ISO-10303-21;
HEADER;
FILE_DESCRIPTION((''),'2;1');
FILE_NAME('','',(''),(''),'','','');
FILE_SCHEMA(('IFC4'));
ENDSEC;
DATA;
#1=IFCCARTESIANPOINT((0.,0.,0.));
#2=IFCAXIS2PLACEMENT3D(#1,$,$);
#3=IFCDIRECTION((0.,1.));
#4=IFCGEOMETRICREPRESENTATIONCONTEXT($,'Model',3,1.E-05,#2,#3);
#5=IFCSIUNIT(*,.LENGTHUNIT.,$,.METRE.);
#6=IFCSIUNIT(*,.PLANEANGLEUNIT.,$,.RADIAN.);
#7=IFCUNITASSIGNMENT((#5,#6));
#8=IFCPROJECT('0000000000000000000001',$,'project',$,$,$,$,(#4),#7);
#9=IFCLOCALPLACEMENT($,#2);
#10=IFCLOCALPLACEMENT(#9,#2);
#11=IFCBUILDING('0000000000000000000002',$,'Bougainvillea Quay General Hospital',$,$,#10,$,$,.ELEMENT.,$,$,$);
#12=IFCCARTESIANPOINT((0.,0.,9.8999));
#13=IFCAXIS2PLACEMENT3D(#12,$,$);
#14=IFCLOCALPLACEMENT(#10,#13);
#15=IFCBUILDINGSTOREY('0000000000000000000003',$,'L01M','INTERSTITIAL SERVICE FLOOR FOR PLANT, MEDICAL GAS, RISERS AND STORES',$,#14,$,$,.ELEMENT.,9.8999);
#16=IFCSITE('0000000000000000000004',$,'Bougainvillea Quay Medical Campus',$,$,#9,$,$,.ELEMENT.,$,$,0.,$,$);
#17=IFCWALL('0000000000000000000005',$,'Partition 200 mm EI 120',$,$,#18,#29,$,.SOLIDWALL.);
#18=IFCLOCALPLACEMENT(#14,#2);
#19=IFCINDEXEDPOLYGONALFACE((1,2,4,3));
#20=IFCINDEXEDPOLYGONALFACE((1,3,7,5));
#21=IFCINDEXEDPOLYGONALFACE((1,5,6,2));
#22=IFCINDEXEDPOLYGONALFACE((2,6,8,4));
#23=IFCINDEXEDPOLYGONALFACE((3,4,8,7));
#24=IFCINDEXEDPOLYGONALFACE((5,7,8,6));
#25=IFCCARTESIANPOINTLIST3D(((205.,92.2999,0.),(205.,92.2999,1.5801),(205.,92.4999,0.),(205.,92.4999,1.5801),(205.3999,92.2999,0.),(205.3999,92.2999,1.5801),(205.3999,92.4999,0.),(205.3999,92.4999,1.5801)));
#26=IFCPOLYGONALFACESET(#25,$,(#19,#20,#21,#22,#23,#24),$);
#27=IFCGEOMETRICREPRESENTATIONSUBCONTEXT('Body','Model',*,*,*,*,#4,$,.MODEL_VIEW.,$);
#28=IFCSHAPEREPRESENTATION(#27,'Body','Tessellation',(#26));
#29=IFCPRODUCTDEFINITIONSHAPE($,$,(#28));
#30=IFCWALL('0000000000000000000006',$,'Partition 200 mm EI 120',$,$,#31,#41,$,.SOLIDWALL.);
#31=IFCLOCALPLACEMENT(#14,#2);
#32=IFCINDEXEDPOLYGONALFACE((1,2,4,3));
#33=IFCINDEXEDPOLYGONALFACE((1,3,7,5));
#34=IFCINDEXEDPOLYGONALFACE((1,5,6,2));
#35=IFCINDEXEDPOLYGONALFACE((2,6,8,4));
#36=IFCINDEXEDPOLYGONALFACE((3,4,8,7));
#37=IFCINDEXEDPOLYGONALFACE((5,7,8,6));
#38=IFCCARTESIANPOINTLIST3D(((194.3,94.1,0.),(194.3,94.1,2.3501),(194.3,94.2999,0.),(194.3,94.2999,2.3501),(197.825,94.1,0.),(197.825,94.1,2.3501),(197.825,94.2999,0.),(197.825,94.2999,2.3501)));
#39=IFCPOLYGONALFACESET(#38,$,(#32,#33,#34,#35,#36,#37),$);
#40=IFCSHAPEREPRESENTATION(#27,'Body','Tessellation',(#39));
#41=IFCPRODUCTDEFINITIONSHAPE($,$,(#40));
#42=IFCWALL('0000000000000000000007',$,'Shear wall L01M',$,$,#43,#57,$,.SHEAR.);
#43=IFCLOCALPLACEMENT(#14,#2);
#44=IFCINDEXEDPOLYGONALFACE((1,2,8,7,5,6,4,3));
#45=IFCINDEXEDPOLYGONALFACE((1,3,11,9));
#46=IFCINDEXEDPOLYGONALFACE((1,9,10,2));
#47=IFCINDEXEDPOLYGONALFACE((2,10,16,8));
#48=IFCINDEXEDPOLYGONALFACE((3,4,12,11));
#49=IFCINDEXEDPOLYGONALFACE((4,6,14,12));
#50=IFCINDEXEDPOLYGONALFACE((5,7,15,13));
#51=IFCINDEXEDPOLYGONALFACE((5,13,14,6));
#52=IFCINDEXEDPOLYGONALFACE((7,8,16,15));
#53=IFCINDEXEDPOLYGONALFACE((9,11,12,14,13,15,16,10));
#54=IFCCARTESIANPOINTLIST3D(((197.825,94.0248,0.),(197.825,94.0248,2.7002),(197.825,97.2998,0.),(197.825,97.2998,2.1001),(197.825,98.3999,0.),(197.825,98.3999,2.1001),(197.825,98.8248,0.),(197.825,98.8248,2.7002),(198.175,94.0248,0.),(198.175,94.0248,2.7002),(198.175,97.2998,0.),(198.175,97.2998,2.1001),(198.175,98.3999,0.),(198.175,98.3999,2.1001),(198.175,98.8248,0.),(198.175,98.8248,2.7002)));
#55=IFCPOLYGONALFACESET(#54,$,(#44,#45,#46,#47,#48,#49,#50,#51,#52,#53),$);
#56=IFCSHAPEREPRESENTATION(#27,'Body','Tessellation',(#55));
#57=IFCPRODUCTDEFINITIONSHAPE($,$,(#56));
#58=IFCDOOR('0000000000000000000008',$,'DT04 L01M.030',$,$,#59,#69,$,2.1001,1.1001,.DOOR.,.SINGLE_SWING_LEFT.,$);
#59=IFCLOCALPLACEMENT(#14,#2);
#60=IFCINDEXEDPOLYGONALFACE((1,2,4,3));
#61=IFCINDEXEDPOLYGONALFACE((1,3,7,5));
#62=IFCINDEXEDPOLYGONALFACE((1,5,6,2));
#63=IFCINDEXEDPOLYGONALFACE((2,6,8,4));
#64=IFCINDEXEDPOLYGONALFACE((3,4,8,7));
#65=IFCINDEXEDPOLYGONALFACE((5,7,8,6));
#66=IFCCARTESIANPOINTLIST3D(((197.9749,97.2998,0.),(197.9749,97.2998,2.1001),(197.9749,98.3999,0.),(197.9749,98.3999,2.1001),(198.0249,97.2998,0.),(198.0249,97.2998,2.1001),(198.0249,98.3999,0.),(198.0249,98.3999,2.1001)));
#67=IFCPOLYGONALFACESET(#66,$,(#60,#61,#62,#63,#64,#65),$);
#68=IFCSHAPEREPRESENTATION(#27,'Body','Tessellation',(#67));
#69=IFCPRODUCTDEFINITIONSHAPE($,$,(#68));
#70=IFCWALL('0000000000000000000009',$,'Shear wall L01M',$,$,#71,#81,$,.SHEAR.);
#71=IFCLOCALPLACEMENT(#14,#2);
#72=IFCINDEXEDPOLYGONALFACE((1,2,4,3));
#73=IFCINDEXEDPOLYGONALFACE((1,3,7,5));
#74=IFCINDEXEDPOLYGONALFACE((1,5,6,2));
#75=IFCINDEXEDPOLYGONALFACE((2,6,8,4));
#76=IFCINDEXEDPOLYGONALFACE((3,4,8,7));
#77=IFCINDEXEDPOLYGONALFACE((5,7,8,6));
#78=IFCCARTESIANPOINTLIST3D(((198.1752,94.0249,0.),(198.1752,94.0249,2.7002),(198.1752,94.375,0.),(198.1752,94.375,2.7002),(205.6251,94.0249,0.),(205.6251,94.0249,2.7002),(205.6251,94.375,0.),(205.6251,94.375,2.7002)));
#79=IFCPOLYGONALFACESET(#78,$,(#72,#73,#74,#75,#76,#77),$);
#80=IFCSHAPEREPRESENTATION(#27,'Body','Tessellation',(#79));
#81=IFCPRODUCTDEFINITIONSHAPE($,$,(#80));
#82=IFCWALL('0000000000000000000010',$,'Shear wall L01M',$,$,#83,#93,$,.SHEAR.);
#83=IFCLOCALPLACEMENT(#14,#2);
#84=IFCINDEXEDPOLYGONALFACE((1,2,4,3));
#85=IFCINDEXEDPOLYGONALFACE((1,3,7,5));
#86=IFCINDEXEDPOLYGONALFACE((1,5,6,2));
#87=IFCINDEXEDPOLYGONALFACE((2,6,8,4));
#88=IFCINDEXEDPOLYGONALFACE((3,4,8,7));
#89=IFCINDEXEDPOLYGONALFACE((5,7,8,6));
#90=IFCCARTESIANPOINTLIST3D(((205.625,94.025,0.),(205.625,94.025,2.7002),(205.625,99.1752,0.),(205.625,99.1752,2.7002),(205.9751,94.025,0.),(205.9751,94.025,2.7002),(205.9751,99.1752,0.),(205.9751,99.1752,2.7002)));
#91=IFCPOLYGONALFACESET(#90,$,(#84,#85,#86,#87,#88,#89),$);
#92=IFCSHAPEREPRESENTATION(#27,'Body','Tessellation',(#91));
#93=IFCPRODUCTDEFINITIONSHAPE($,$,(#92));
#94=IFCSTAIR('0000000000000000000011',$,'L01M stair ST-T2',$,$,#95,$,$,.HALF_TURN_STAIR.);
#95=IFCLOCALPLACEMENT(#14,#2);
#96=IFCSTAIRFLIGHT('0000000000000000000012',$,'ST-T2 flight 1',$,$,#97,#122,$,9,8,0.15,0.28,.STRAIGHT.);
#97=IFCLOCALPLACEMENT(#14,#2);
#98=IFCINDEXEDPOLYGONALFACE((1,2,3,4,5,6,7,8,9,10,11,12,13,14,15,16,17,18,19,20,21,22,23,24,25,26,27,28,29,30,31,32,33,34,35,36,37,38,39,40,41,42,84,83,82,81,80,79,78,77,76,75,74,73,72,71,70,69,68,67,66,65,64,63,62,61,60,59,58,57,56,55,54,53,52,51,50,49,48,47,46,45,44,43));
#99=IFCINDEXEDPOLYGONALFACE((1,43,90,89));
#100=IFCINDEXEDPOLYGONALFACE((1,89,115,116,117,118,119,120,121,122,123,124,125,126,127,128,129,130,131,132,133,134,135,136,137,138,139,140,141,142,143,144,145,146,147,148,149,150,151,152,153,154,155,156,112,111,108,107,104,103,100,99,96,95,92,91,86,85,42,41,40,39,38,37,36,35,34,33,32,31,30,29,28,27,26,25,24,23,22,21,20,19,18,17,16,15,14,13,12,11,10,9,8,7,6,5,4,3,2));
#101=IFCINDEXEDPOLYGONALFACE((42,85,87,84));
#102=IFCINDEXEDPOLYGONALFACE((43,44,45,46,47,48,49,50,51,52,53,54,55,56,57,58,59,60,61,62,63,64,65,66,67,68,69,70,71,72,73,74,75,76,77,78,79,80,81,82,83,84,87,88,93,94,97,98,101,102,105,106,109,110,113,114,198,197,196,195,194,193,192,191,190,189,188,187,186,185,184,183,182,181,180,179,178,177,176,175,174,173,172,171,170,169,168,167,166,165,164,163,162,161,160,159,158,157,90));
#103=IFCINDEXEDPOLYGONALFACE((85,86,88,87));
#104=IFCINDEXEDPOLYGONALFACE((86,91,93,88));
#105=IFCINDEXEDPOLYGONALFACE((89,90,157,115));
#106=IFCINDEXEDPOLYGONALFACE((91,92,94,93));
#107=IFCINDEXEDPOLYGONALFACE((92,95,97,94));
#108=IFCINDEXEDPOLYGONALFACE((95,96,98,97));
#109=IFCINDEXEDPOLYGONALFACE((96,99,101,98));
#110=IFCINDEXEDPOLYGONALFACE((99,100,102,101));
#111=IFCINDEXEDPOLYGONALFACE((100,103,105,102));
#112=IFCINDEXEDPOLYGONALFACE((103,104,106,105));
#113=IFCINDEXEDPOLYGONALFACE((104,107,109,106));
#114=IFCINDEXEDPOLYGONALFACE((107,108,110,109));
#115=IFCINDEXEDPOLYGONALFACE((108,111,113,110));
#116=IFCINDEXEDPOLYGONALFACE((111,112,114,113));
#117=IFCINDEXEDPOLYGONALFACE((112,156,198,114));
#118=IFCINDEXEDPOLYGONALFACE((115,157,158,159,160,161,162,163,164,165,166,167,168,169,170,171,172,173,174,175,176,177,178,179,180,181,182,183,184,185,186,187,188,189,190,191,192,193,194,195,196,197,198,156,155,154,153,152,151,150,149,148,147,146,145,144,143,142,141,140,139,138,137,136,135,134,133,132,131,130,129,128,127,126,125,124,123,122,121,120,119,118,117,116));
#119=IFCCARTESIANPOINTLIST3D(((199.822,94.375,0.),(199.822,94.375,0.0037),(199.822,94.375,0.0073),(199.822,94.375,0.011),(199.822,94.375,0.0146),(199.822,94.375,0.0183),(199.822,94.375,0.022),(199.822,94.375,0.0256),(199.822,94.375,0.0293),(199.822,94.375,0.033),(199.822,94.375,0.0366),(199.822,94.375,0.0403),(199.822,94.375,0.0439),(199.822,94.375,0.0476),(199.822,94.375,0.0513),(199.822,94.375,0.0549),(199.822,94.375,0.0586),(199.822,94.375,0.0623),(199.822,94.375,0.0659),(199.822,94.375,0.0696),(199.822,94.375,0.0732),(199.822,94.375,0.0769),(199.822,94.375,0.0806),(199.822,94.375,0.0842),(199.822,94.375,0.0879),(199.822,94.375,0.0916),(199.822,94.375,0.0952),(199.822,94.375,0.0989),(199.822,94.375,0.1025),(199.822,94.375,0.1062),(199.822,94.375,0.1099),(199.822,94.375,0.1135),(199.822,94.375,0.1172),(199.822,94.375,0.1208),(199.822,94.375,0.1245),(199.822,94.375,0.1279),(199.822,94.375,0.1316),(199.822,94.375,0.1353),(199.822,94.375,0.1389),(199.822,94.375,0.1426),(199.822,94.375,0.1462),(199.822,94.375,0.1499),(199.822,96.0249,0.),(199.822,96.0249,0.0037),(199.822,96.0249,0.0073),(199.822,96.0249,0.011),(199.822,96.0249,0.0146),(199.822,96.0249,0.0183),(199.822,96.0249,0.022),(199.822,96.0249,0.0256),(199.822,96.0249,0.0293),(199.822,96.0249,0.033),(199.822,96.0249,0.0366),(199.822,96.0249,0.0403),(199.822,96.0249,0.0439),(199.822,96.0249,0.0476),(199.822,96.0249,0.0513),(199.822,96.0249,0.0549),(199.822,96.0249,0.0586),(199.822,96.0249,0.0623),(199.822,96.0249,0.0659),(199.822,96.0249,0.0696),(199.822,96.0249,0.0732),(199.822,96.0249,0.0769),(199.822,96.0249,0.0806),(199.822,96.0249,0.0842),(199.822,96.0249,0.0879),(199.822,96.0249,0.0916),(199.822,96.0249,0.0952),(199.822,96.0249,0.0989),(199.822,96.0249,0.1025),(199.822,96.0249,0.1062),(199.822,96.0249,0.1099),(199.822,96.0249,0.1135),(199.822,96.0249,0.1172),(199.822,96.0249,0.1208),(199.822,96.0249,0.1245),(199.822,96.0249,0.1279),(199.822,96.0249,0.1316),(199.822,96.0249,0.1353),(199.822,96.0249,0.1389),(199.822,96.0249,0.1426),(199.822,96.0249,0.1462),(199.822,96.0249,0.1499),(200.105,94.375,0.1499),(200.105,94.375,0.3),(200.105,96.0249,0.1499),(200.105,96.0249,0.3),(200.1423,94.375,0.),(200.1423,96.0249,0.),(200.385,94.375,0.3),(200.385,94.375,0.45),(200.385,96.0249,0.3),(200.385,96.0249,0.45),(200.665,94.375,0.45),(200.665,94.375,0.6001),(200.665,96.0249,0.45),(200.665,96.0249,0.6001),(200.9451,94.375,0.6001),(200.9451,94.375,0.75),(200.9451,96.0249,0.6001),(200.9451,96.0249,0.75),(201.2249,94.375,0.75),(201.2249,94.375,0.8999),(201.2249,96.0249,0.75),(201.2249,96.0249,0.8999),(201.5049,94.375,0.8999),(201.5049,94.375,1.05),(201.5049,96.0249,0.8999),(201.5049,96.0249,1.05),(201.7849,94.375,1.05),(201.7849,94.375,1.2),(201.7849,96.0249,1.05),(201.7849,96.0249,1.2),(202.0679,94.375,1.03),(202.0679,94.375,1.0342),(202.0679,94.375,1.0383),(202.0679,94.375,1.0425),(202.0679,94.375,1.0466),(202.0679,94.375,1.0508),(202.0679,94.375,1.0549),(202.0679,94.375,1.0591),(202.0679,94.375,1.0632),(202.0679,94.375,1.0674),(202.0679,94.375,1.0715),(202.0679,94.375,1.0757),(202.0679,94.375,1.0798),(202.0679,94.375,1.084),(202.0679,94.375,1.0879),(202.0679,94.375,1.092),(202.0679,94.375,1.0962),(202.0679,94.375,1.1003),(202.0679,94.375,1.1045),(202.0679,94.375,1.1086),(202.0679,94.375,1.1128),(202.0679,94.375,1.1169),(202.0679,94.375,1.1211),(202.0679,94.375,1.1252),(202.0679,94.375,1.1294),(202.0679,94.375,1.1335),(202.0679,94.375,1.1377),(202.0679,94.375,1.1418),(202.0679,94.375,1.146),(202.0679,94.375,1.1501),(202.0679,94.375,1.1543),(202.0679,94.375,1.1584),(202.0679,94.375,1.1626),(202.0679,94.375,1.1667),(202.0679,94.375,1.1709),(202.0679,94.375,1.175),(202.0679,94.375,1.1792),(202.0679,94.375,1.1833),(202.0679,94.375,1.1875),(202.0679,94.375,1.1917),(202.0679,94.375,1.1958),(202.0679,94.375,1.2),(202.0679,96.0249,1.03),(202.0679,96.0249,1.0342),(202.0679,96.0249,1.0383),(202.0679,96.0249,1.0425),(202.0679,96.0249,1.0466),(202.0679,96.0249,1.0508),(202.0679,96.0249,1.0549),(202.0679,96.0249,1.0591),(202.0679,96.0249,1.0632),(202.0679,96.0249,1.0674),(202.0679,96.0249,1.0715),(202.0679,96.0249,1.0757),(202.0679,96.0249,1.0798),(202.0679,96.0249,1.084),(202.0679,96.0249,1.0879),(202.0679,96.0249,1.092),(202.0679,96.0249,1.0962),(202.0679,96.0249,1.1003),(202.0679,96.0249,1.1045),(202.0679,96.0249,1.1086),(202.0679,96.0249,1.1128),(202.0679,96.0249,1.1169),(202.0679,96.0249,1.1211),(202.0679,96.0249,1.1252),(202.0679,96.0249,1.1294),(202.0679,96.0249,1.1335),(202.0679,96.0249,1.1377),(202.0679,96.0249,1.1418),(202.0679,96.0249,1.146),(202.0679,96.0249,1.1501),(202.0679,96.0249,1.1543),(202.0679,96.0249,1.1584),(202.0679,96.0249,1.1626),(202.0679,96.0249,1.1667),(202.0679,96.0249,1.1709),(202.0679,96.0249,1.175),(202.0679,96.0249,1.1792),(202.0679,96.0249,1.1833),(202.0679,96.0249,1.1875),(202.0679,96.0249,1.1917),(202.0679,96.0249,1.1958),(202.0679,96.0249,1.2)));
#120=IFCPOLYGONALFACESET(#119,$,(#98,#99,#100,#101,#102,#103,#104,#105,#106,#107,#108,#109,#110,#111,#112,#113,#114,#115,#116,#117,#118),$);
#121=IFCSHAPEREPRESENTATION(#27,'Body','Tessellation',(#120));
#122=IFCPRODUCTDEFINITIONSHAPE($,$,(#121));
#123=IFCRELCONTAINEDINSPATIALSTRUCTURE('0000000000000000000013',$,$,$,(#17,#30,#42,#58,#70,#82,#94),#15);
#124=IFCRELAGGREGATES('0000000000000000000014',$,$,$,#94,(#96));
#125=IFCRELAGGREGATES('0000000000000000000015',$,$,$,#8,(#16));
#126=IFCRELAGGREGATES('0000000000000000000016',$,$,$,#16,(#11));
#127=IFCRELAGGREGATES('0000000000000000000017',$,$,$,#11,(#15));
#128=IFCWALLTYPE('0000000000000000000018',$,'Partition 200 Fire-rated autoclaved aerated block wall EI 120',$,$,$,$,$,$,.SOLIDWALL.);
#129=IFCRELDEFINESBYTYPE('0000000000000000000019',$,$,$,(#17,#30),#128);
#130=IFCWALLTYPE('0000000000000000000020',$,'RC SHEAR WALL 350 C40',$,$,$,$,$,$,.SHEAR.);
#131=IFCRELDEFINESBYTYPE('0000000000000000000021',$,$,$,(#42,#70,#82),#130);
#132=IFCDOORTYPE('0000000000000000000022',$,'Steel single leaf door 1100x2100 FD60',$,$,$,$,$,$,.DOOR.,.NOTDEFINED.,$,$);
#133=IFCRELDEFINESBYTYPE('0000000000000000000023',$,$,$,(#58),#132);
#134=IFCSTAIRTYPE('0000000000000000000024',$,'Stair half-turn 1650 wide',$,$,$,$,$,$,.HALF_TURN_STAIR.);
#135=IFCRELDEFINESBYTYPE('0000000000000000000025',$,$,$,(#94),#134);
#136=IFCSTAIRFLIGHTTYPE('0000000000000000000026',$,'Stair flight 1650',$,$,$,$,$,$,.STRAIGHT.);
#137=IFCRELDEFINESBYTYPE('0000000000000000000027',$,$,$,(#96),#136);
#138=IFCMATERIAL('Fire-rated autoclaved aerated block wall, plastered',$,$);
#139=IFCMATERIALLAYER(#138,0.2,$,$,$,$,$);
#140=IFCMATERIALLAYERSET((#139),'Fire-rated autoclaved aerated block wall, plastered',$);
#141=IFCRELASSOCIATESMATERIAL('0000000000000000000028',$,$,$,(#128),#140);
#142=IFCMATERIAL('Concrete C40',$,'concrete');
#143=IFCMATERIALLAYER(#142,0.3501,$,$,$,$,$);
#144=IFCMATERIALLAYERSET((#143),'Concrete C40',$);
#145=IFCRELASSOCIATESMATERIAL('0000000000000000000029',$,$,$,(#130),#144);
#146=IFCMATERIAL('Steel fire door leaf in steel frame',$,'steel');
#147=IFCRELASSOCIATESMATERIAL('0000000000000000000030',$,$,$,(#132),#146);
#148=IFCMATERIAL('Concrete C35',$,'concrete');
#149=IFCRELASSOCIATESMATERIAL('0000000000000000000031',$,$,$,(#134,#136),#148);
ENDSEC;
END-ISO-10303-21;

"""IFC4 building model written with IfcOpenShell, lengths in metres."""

from ifc_helpers import new_model, si_unit, direction, frame, frame_2d, origin, place, context, subcontext, project, spatial, polyline, rectangle, outline, extrude, material, layer, layer_set, type_object, element, fill, aggregate, save


model = new_model("IFC4")

# Units and contexts
model_context = context("Model", 3, precision=1e-05, world=origin(), true_north=direction((0.0, 1.0)))
body_context = subcontext(model_context, "Body", "Model", "MODEL_VIEW")
ifc_project = project(units=[si_unit("LENGTHUNIT", "METRE"), si_unit("PLANEANGLEUNIT", "RADIAN")], contexts=[model_context])

# Site, building, storey
site_placement = place(None, origin())
site = spatial("IfcSite", under=ifc_project, at=site_placement, Name="Bougainvillea Quay Medical Campus", CompositionType="ELEMENT", RefElevation=0.0)
building_placement = place(site_placement, origin())
building = spatial("IfcBuilding", under=site, at=building_placement, Name="Bougainvillea Quay General Hospital", CompositionType="ELEMENT")
storey_placement = place(building_placement, frame((0.0, 0.0, 9.8999)))
storey = spatial("IfcBuildingStorey", under=building, at=storey_placement, Name="L01M", Description="INTERSTITIAL SERVICE FLOOR FOR PLANT, MEDICAL GAS, RISERS AND STORES", CompositionType="ELEMENT", Elevation=9.8999)

# Shared definitions
ifc_material_1 = material(Name="Concrete C40", Category="concrete")

# Walls
ifc_material_2 = material(Name="Fire-rated autoclaved aerated block wall, plastered")
ifc_layer_1 = layer(ifc_material_2, 0.2)
ifc_layer_set_1 = layer_set([ifc_layer_1], Name="Fire-rated autoclaved aerated block wall, plastered")
wall_type_1 = type_object("IfcWallType", Name="Partition 200 Fire-rated autoclaved aerated block wall EI 120", PredefinedType="SOLIDWALL", material=ifc_layer_set_1)
wall_1_placement = place(storey_placement, frame((205.0, 92.3999, 0.0), z_axis=(0.0, 0.0, 1.0), x_axis=(1.0, 0.0, 0.0)))
element("IfcWall", 1, at=wall_1_placement, inside=storey, type_object=wall_type_1, Name="Partition 200 mm EI 120", PredefinedType="SOLIDWALL", context=body_context, shape_type="SweptSolid", body=[
    extrude(rectangle(XDim=0.3999, YDim=0.2, at=frame_2d((0.2, 0.0))), origin(), (0.0, 0.0, 1.0), 1.5801),
])
wall_2_placement = place(storey_placement, frame((197.825, 94.2, 0.0), z_axis=(0.0, 0.0, 1.0), x_axis=(-1.0, 0.0, 0.0)))
element("IfcWall", 2, at=wall_2_placement, inside=storey, type_object=wall_type_1, Name="Partition 200 mm EI 120", PredefinedType="SOLIDWALL", context=body_context, shape_type="SweptSolid", body=[
    extrude(rectangle(XDim=3.5249, YDim=0.2, at=frame_2d((1.7625, 0.0))), origin(), (0.0, 0.0, 1.0), 2.3501),
])

# Wall, opening, door
ifc_layer_2 = layer(ifc_material_1, 0.3501)
ifc_layer_set_2 = layer_set([ifc_layer_2], Name="Concrete C40")
wall_type_2 = type_object("IfcWallType", Name="RC SHEAR WALL 350 C40", PredefinedType="SHEAR", material=ifc_layer_set_2)
wall_3_placement = place(storey_placement, frame((198.0, 94.0249, 0.0), z_axis=(0.0, 0.0, 1.0), x_axis=(0.0, 1.0, 0.0)))
wall_3 = element("IfcWall", 3, at=wall_3_placement, inside=storey, type_object=wall_type_2, Name="Shear wall L01M", PredefinedType="SHEAR", context=body_context, shape_type="SweptSolid", body=[
    extrude(rectangle(XDim=4.8, YDim=0.3501, at=frame_2d((2.3999, 0.0))), origin(), (0.0, 0.0, 1.0), 2.7002),
])
opening_placement = place(wall_3_placement, frame((3.2749, 0.0, 0.0)))
opening = element("IfcOpeningElement", 4, at=opening_placement, cuts=wall_3, PredefinedType="OPENING", context=body_context, shape_type="SweptSolid", body=[
    extrude(rectangle(XDim=1.1001, YDim=2.1001, at=frame_2d((0.55, 1.05))), frame((0.0, 0.1851, 0.0), z_axis=(0.0, -1.0, 0.0), x_axis=(1.0, 0.0, 0.0)), (0.0, 0.0, 1.0), 0.3701),
])
ifc_material_3 = material(Name="Steel fire door leaf in steel frame", Category="steel")
door_type = type_object("IfcDoorType", Name="Steel single leaf door 1100x2100 FD60", OperationType="NOTDEFINED", PredefinedType="DOOR", material=ifc_material_3)
door_placement = place(opening_placement, frame((1.1001, 0.0, 0.0), z_axis=(0.0, 0.0, 1.0), x_axis=(-1.0, 0.0, 0.0)))
door = element("IfcDoor", 5, at=door_placement, inside=storey, type_object=door_type, Name="DT04 L01M.030", OperationType="SINGLE_SWING_LEFT", OverallHeight=2.1001, OverallWidth=1.1001, PredefinedType="DOOR", context=body_context, shape_type="SweptSolid", body=[
    extrude(rectangle(XDim=1.1001, YDim=2.1001, at=frame_2d((0.55, 1.05))), frame((0.0, 0.0249, 0.0), z_axis=(0.0, -1.0, 0.0), x_axis=(1.0, 0.0, 0.0)), (0.0, 0.0, 1.0), 0.05),
])
fill(opening, door)

# Walls
wall_4_placement = place(storey_placement, frame((198.175, 94.2, 0.0), z_axis=(0.0, 0.0, 1.0), x_axis=(1.0, 0.0, 0.0)))
element("IfcWall", 6, at=wall_4_placement, inside=storey, type_object=wall_type_2, Name="Shear wall L01M", PredefinedType="SHEAR", context=body_context, shape_type="SweptSolid", body=[
    extrude(rectangle(XDim=7.45, YDim=0.3501, at=frame_2d((3.7251, 0.0))), origin(), (0.0, 0.0, 1.0), 2.7002),
])
wall_5_placement = place(storey_placement, frame((205.8, 94.0249, 0.0), z_axis=(0.0, 0.0, 1.0), x_axis=(0.0, 1.0, 0.0)))
element("IfcWall", 7, at=wall_5_placement, inside=storey, type_object=wall_type_2, Name="Shear wall L01M", PredefinedType="SHEAR", context=body_context, shape_type="SweptSolid", body=[
    extrude(rectangle(XDim=5.1501, YDim=0.3501, at=frame_2d((2.5752, 0.0))), origin(), (0.0, 0.0, 1.0), 2.7002),
])

# Stair, stair flight
ifc_material_4 = material(Name="Concrete C35", Category="concrete")
stair_type = type_object("IfcStairType", Name="Stair half-turn 1650 wide", PredefinedType="HALF_TURN_STAIR", material=ifc_material_4)
stair_placement = place(storey_placement, origin())
stair = element("IfcStair", 8, at=stair_placement, inside=storey, type_object=stair_type, Name="L01M stair ST-T2", PredefinedType="HALF_TURN_STAIR")
stair_flight_type = type_object("IfcStairFlightType", Name="Stair flight 1650", PredefinedType="STRAIGHT", material=ifc_material_4)
stair_flight_placement = place(storey_placement, frame((199.825, 95.2, 0.0), z_axis=(0.0, 0.0, 1.0), x_axis=(1.0, 0.0, 0.0)))
stair_flight = element("IfcStairFlight", 9, at=stair_flight_placement, type_object=stair_flight_type, Name="ST-T2 flight 1", NumberOfRisers=9, NumberOfTreads=8, PredefinedType="STRAIGHT", RiserHeight=0.15, TreadLength=0.28, context=body_context, shape_type="SweptSolid", body=[
    extrude(outline(polyline([(-0.0029, 0.0), (-0.0029, 0.0037), (-0.0029, 0.0073), (-0.0029, 0.011), (-0.0029, 0.0146), (-0.0029, 0.0183), (-0.0029, 0.022), (-0.0029, 0.0256), (-0.0029, 0.0293), (-0.0029, 0.033), (-0.0029, 0.0366), (-0.0029, 0.0403), (-0.0029, 0.0439), (-0.0029, 0.0476), (-0.0029, 0.0513), (-0.0029, 0.0549), (-0.0029, 0.0586), (-0.0029, 0.0623), (-0.0029, 0.0659), (-0.0029, 0.0696), (-0.0029, 0.0732), (-0.0029, 0.0769), (-0.0029, 0.0806), (-0.0029, 0.0842), (-0.0029, 0.0879), (-0.0029, 0.0916), (-0.0029, 0.0952), (-0.0029, 0.0989), (-0.0029, 0.1025), (-0.0029, 0.1062), (-0.0029, 0.1099), (-0.0029, 0.1135), (-0.0029, 0.1172), (-0.0029, 0.1208), (-0.0029, 0.1245), (-0.0029, 0.1279), (-0.0029, 0.1316), (-0.0029, 0.1353), (-0.0029, 0.1389), (-0.0029, 0.1426), (-0.0029, 0.1462), (-0.0029, 0.1499), (0.28, 0.1499), (0.28, 0.3), (0.5601, 0.3), (0.5601, 0.45), (0.8401, 0.45), (0.8401, 0.6001), (1.1201, 0.6001), (1.1201, 0.75), (1.3999, 0.75), (1.3999, 0.8999), (1.6799, 0.8999), (1.6799, 1.05), (1.96, 1.05), (1.96, 1.2), (2.2429, 1.2), (2.2429, 1.1958), (2.2429, 1.1917), (2.2429, 1.1875), (2.2429, 1.1833), (2.2429, 1.1792), (2.2429, 1.175), (2.2429, 1.1709), (2.2429, 1.1667), (2.2429, 1.1626), (2.2429, 1.1584), (2.2429, 1.1543), (2.2429, 1.1501), (2.2429, 1.146), (2.2429, 1.1418), (2.2429, 1.1377), (2.2429, 1.1335), (2.2429, 1.1294), (2.2429, 1.1252), (2.2429, 1.1211), (2.2429, 1.1169), (2.2429, 1.1128), (2.2429, 1.1086), (2.2429, 1.1045), (2.2429, 1.1003), (2.2429, 1.0962), (2.2429, 1.092), (2.2429, 1.0879), (2.2429, 1.084), (2.2429, 1.0798), (2.2429, 1.0757), (2.2429, 1.0715), (2.2429, 1.0674), (2.2429, 1.0632), (2.2429, 1.0591), (2.2429, 1.0549), (2.2429, 1.0508), (2.2429, 1.0466), (2.2429, 1.0425), (2.2429, 1.0383), (2.2429, 1.0342), (2.2429, 1.03), (0.3174, 0.0), (-0.0029, 0.0)])), frame((0.0, 0.825, 0.0), z_axis=(0.0, -1.0, 0.0), x_axis=(1.0, 0.0, 0.0)), (0.0, 0.0, 1.0), 1.6499),
])
aggregate(stair, [stair_flight])

save(model, "model.ifc")
